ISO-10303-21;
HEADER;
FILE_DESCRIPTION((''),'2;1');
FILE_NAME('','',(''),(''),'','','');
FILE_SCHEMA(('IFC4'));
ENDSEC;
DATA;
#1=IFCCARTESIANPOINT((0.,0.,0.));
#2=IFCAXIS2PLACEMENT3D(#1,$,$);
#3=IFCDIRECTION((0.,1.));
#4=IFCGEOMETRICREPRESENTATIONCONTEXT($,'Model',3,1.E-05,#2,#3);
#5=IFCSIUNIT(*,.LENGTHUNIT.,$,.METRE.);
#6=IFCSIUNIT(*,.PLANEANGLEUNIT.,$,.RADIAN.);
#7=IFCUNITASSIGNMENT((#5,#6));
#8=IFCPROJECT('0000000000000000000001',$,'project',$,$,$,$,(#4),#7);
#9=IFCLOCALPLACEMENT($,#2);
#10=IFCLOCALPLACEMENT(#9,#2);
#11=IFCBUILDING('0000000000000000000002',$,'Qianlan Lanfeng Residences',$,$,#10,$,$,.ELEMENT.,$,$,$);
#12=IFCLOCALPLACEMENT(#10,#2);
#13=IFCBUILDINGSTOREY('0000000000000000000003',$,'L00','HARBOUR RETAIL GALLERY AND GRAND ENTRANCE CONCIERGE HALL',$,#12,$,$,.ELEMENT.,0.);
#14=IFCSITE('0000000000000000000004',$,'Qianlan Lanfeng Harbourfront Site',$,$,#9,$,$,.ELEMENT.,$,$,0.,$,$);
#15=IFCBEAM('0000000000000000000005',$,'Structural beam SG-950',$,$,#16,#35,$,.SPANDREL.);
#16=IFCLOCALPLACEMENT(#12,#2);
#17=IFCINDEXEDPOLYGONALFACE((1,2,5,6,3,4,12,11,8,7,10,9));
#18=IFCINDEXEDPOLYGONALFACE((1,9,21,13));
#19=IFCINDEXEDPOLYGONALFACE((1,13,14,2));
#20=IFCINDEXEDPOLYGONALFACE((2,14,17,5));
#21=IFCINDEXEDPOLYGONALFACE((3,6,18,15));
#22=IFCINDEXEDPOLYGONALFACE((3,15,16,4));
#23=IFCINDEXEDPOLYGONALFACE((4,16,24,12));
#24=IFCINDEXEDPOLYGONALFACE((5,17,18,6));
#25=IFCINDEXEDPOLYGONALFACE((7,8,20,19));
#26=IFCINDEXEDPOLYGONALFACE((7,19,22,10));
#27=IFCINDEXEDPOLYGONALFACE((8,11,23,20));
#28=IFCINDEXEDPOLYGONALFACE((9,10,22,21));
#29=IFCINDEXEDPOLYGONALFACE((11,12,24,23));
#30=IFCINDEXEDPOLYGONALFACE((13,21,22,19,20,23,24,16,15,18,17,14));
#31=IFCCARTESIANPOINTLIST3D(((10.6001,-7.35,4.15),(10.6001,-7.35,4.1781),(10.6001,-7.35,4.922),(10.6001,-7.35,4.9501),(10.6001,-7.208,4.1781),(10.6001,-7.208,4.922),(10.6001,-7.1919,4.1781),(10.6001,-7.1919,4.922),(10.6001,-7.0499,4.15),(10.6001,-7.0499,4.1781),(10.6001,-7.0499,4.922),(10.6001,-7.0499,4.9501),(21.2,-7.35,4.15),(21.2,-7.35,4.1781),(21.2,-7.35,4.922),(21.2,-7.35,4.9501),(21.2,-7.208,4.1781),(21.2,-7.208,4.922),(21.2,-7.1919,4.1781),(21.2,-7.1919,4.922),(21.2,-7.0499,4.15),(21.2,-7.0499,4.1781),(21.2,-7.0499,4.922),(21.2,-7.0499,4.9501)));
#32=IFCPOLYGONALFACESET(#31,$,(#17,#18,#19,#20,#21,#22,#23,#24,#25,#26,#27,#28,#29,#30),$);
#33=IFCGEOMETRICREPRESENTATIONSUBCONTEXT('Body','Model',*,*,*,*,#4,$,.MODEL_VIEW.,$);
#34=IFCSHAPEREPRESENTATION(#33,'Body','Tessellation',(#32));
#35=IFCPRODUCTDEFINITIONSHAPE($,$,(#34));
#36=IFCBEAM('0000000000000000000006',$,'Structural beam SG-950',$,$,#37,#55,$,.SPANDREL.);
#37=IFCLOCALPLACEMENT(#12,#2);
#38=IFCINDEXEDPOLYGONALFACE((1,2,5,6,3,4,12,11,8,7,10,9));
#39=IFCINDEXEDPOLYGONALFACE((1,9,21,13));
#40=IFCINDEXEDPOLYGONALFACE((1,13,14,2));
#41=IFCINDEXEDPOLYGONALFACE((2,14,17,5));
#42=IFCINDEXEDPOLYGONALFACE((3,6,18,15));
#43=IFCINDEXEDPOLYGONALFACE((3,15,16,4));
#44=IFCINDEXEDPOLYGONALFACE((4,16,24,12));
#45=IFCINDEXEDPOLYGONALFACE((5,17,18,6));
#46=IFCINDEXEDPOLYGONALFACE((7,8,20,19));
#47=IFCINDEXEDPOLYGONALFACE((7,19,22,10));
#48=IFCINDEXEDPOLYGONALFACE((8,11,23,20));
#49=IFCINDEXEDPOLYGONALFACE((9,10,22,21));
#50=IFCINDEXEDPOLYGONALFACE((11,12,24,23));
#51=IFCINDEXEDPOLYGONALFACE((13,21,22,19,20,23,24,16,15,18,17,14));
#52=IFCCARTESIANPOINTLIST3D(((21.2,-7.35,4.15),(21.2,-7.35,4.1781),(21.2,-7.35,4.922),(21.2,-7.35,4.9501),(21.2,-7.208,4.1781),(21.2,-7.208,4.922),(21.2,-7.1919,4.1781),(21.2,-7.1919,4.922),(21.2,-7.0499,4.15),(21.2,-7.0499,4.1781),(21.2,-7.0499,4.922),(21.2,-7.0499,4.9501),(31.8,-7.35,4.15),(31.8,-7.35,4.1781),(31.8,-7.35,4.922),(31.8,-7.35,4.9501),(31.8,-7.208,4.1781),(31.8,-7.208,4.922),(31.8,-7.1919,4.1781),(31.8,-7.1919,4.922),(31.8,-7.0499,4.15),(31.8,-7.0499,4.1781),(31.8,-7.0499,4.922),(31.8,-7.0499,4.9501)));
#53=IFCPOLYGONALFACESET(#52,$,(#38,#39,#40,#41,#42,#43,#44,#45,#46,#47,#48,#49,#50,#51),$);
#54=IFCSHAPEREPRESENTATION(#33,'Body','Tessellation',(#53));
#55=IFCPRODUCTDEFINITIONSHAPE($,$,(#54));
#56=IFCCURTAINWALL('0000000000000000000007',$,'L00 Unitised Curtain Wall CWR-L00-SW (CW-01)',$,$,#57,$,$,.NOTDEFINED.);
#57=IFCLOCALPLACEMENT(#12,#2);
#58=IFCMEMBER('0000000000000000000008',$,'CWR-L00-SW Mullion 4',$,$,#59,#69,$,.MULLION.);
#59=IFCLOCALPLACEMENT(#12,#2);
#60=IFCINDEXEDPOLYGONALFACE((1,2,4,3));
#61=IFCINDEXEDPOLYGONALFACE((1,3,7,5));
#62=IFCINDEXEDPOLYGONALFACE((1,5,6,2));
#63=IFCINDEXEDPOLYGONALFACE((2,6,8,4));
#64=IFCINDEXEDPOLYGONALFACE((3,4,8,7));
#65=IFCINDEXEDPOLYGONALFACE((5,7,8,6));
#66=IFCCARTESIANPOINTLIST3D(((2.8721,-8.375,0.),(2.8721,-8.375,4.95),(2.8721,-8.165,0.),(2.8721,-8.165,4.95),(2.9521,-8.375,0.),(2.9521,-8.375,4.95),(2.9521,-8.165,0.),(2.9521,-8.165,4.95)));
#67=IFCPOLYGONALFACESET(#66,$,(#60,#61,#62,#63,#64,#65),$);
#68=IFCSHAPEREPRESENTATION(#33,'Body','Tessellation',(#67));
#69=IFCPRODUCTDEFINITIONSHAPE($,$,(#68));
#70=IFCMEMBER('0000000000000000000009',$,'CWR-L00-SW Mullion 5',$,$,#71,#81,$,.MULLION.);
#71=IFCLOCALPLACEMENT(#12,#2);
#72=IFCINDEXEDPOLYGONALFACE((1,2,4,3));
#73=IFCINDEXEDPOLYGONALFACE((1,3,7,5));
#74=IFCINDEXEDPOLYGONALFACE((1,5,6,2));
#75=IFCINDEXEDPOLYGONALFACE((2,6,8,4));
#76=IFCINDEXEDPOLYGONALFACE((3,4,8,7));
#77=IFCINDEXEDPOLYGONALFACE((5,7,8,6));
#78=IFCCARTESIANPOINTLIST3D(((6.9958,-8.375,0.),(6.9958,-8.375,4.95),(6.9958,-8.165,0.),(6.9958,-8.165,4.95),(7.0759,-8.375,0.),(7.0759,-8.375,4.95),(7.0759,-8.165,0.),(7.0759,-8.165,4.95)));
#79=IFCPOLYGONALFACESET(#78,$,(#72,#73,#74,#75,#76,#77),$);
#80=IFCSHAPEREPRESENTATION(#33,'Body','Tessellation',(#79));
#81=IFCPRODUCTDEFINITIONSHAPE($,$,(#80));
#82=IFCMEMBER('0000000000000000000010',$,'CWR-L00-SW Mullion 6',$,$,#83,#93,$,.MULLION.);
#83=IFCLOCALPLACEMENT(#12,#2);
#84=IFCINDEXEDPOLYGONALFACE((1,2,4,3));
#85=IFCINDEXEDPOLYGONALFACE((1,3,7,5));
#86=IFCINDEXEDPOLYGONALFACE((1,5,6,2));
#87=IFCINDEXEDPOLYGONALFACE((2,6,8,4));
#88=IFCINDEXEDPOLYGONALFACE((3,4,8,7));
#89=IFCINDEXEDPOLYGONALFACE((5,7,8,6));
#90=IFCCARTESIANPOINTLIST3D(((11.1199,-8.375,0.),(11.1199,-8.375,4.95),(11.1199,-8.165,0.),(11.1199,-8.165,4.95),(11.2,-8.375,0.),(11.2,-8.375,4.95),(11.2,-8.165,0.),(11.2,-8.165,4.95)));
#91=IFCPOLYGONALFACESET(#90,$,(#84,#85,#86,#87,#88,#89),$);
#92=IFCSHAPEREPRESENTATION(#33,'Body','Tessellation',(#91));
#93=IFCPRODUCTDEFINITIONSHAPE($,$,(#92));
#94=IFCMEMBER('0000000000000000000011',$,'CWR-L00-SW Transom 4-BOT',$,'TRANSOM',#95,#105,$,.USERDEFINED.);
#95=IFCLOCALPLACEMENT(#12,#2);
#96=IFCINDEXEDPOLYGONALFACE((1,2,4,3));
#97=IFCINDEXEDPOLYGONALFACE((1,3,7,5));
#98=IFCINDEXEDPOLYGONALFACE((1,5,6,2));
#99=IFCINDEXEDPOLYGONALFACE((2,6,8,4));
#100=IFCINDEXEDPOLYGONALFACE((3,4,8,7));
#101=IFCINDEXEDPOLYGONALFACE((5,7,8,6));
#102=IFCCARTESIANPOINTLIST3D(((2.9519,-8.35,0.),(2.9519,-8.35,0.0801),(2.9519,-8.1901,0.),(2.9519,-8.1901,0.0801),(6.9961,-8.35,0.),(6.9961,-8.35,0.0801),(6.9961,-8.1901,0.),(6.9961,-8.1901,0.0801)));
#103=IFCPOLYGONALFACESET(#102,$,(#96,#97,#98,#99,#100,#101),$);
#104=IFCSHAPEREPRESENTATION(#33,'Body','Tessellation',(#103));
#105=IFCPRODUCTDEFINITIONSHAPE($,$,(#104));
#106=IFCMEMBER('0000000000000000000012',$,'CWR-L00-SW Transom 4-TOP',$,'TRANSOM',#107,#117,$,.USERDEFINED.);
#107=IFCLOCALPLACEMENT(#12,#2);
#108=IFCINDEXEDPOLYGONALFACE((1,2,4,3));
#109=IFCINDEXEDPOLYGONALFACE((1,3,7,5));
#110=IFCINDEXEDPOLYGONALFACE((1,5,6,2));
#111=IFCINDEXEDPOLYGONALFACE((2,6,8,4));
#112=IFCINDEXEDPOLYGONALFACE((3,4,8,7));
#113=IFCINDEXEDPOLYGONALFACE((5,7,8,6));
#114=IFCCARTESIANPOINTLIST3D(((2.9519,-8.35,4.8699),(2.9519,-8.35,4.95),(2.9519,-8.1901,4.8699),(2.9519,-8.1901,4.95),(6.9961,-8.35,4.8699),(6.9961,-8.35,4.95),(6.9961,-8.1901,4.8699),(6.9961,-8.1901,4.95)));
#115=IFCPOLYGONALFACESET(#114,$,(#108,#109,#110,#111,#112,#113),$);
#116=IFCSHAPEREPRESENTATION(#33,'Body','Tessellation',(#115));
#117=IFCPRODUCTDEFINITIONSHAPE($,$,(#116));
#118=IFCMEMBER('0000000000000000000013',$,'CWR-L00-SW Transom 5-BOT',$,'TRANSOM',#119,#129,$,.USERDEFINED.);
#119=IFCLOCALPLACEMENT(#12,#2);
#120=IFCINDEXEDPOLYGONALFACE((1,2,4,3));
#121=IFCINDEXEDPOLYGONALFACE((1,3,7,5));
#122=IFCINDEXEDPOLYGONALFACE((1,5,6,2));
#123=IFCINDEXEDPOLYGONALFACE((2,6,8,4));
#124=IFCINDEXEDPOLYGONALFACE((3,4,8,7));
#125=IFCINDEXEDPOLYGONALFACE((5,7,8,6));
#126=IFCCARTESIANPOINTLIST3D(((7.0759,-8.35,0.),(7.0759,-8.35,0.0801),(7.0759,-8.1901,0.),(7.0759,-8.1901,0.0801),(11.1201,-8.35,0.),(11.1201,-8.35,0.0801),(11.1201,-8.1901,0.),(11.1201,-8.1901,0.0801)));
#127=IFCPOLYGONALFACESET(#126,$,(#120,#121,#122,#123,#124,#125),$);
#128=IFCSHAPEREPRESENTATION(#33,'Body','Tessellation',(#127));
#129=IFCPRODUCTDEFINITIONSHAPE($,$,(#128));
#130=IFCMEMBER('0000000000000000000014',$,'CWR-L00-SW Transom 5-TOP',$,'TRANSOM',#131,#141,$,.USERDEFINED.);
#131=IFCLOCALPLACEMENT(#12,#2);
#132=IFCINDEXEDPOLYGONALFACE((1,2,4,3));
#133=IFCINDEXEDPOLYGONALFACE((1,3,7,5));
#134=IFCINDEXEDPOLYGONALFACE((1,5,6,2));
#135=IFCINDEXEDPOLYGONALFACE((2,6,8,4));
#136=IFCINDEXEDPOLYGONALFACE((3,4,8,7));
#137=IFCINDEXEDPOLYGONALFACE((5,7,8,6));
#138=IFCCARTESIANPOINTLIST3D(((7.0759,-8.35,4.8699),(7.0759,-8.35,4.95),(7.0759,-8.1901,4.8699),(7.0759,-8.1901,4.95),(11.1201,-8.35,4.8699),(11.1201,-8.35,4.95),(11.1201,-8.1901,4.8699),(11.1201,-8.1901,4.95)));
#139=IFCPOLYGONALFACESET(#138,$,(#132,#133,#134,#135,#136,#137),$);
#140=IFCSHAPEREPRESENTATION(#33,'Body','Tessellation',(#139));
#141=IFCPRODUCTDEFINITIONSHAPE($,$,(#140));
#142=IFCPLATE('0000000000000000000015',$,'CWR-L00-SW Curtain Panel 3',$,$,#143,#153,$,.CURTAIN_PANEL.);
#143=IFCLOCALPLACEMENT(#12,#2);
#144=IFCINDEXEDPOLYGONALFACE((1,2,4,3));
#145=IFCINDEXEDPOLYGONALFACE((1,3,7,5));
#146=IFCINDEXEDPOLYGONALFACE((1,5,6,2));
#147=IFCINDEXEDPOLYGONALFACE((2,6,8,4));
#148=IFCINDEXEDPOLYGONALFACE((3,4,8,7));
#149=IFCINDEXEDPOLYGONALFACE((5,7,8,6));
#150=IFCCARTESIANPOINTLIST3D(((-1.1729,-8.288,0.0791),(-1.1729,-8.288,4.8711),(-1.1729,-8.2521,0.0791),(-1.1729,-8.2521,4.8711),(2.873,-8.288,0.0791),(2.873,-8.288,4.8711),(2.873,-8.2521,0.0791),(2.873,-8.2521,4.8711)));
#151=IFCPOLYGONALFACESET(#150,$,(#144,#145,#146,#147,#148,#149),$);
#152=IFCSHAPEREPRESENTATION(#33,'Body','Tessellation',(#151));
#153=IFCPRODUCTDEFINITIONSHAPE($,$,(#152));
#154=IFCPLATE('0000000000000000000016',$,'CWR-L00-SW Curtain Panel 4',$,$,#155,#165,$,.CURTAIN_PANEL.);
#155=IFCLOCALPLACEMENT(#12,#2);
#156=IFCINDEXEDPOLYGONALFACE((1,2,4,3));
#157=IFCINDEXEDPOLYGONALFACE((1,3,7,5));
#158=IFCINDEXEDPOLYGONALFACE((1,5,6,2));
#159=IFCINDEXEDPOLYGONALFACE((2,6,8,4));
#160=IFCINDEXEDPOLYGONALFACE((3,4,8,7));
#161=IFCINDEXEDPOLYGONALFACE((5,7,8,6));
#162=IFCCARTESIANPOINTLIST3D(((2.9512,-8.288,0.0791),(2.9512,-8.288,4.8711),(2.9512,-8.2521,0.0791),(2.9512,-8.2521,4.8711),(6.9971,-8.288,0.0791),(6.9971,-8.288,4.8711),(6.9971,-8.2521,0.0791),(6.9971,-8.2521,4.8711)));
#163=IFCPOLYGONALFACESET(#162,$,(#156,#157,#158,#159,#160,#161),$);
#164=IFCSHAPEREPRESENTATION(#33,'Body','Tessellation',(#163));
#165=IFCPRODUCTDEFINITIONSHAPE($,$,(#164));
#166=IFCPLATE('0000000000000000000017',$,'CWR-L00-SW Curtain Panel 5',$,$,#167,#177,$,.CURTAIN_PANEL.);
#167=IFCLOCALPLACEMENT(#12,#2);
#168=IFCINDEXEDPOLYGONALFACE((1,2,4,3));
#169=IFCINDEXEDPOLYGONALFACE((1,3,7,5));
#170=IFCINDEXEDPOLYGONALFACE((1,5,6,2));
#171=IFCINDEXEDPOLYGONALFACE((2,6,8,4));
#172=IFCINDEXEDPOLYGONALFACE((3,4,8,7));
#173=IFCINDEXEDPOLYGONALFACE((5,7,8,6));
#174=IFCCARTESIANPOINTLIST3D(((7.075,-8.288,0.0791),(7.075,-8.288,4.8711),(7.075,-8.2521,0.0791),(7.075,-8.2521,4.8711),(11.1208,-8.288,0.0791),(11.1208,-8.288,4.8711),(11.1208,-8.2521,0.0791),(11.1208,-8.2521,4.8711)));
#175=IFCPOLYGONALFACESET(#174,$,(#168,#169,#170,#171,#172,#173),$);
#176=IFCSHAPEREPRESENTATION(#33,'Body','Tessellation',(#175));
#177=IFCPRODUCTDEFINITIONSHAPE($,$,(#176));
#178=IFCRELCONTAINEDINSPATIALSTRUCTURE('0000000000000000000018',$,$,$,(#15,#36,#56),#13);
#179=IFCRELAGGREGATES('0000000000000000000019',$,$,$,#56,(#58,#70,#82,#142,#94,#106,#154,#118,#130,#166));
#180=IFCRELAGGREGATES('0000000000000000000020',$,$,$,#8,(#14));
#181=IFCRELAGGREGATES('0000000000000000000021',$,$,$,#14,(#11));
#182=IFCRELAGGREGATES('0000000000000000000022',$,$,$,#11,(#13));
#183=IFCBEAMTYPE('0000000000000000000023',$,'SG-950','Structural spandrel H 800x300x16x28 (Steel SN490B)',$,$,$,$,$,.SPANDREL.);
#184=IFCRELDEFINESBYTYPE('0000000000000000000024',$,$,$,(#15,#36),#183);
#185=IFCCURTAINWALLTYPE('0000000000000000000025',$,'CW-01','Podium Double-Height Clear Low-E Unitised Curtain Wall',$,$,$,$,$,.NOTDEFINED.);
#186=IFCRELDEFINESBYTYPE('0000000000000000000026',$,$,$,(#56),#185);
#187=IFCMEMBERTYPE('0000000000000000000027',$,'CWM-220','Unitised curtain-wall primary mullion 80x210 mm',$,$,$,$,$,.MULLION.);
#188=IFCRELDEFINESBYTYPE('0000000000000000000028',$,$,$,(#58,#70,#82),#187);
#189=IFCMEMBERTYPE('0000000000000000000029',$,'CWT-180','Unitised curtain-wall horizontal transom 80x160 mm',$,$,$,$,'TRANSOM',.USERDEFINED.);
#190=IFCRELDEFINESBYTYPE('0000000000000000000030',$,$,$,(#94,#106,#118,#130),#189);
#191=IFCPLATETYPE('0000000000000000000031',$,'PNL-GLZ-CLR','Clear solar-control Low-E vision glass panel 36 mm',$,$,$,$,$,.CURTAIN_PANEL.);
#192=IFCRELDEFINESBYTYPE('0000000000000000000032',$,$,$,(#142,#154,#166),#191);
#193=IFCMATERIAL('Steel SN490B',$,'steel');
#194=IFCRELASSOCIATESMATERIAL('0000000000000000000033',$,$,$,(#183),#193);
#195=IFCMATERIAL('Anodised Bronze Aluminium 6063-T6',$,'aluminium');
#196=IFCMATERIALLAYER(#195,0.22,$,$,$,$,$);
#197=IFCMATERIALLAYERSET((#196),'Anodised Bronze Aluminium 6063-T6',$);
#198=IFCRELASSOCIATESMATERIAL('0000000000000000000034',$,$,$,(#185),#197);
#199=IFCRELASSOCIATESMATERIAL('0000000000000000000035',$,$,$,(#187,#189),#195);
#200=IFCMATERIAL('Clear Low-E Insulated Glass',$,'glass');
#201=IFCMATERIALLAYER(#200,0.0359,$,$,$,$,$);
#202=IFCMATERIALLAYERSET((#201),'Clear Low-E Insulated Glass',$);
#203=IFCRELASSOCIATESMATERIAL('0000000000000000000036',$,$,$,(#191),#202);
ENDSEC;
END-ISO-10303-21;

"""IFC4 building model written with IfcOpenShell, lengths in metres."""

from ifc_helpers import new_model, si_unit, direction, frame, origin, origin_2d, place, context, subcontext, project, spatial, rectangle, i_section, extrude, source, transform, mapped, material, layer, layer_set, material_profile, profile_set, type_object, element, aggregate, save


model = new_model("IFC4")

# Units and contexts
model_context = context("Model", 3, precision=1e-05, world=origin(), true_north=direction((0.0, 1.0)))
body_context = subcontext(model_context, "Body", "Model", "MODEL_VIEW")
ifc_project = project(units=[si_unit("LENGTHUNIT", "METRE"), si_unit("PLANEANGLEUNIT", "RADIAN")], contexts=[model_context])

# Site, building, storey
site_placement = place(None, origin())
site = spatial("IfcSite", under=ifc_project, at=site_placement, Name="Qianlan Lanfeng Harbourfront Site", CompositionType="ELEMENT", RefElevation=0.0)
building_placement = place(site_placement, origin())
building = spatial("IfcBuilding", under=site, at=building_placement, Name="Qianlan Lanfeng Residences", CompositionType="ELEMENT")
storey_placement = place(building_placement, origin())
storey = spatial("IfcBuildingStorey", under=building, at=storey_placement, Name="L00", Description="HARBOUR RETAIL GALLERY AND GRAND ENTRANCE CONCIERGE HALL", CompositionType="ELEMENT", Elevation=0.0)

# Shared definitions
ifc_material_1 = material(Name="Steel SN490B", Category="steel")

# Beams
ifc_material_profile_1 = material_profile(ifc_material_1, i_section(OverallWidth=0.3, OverallDepth=0.8, WebThickness=0.0161, FlangeThickness=0.0281, at=origin_2d()), Name="H 800x300x16x28")
ifc_profile_set_1 = profile_set([ifc_material_profile_1], Name="Steel SN490B")
beam_type_1 = type_object("IfcBeamType", Name="SG-950", Description="Structural spandrel H 800x300x16x28 (Steel SN490B)", PredefinedType="SPANDREL", material=ifc_profile_set_1)
beam_1_placement = place(storey_placement, frame((10.6001, -7.2, 4.55), z_axis=(1.0, 0.0, 0.0), x_axis=(0.0, 1.0, 0.0)))
element("IfcBeam", 1, at=beam_1_placement, inside=storey, type_object=beam_type_1, Name="Structural beam SG-950", PredefinedType="SPANDREL", context=body_context, shape_type="SweptSolid", body=[
    extrude(i_section(OverallWidth=0.3, OverallDepth=0.8, WebThickness=0.0161, FlangeThickness=0.0281, at=origin_2d()), origin(), (0.0, 0.0, 1.0), 10.5999),
])
beam_2_placement = place(storey_placement, frame((21.2, -7.2, 4.55), z_axis=(1.0, 0.0, 0.0), x_axis=(0.0, 1.0, 0.0)))
element("IfcBeam", 2, at=beam_2_placement, inside=storey, type_object=beam_type_1, Name="Structural beam SG-950", PredefinedType="SPANDREL", context=body_context, shape_type="SweptSolid", body=[
    extrude(i_section(OverallWidth=0.3, OverallDepth=0.8, WebThickness=0.0161, FlangeThickness=0.0281, at=origin_2d()), origin(), (0.0, 0.0, 1.0), 10.6001),
])

# Curtain wall, members, plates
ifc_material_2 = material(Name="Anodised Bronze Aluminium 6063-T6", Category="aluminium")
ifc_layer_1 = layer(ifc_material_2, 0.22)
ifc_layer_set_1 = layer_set([ifc_layer_1], Name="Anodised Bronze Aluminium 6063-T6")
curtain_wall_type = type_object("IfcCurtainWallType", Name="CW-01", Description="Podium Double-Height Clear Low-E Unitised Curtain Wall", PredefinedType="NOTDEFINED", material=ifc_layer_set_1)
curtain_wall_placement = place(storey_placement, origin())
curtain_wall = element("IfcCurtainWall", 3, at=curtain_wall_placement, inside=storey, type_object=curtain_wall_type, Name="L00 Unitised Curtain Wall CWR-L00-SW (CW-01)", PredefinedType="NOTDEFINED")
ifc_material_profile_2 = material_profile(ifc_material_2, rectangle(XDim=0.0801, YDim=0.21, at=origin_2d()), Name="ALU MULLION 80x210")
ifc_profile_set_2 = profile_set([ifc_material_profile_2], Name="Anodised Bronze Aluminium 6063-T6")
member_type_1 = type_object("IfcMemberType", Name="CWM-220", Description="Unitised curtain-wall primary mullion 80x210 mm", PredefinedType="MULLION", material=ifc_profile_set_2)
shared_shape_1 = source(origin(), body_context, "Body", "SweptSolid", [
    extrude(rectangle(XDim=0.0801, YDim=0.21, at=origin_2d()), origin(), (0.0, 0.0, 1.0), 4.95),
])
member_1_placement = place(storey_placement, frame((2.9121, -8.27, 0.0), z_axis=(0.0, 0.0, 1.0), x_axis=(1.0, 0.0, 0.0)))
member_1 = element("IfcMember", 4, at=member_1_placement, type_object=member_type_1, Name="CWR-L00-SW Mullion 4", PredefinedType="MULLION", context=body_context, shape_type="MappedRepresentation", body=[
    mapped(shared_shape_1, transform((0.0, 0.0, 0.0), scale=1.0)),
])
member_2_placement = place(storey_placement, frame((7.0359, -8.27, 0.0), z_axis=(0.0, 0.0, 1.0), x_axis=(1.0, 0.0, 0.0)))
member_2 = element("IfcMember", 5, at=member_2_placement, type_object=member_type_1, Name="CWR-L00-SW Mullion 5", PredefinedType="MULLION", context=body_context, shape_type="MappedRepresentation", body=[
    mapped(shared_shape_1, transform((0.0, 0.0, 0.0), scale=1.0)),
])
member_3_placement = place(storey_placement, frame((11.1599, -8.27, 0.0), z_axis=(0.0, 0.0, 1.0), x_axis=(1.0, 0.0, 0.0)))
member_3 = element("IfcMember", 6, at=member_3_placement, type_object=member_type_1, Name="CWR-L00-SW Mullion 6", PredefinedType="MULLION", context=body_context, shape_type="MappedRepresentation", body=[
    mapped(shared_shape_1, transform((0.0, 0.0, 0.0), scale=1.0)),
])
ifc_material_profile_3 = material_profile(ifc_material_2, rectangle(XDim=0.0801, YDim=0.1599, at=origin_2d()), Name="ALU TRANSOM 80x160")
ifc_profile_set_3 = profile_set([ifc_material_profile_3], Name="Anodised Bronze Aluminium 6063-T6")
member_type_2 = type_object("IfcMemberType", Name="CWT-180", Description="Unitised curtain-wall horizontal transom 80x160 mm", ElementType="TRANSOM", PredefinedType="USERDEFINED", material=ifc_profile_set_3)
shared_shape_2 = source(origin(), body_context, "Body", "SweptSolid", [
    extrude(rectangle(XDim=0.0801, YDim=0.1599, at=origin_2d()), origin(), (0.0, 0.0, 1.0), 4.0442),
])
member_4_placement = place(storey_placement, frame((2.9519, -8.27, 0.04), z_axis=(1.0, 0.0, 0.0), x_axis=(0.0, 0.0, 1.0)))
member_4 = element("IfcMember", 7, at=member_4_placement, type_object=member_type_2, Name="CWR-L00-SW Transom 4-BOT", ObjectType="TRANSOM", PredefinedType="USERDEFINED", context=body_context, shape_type="MappedRepresentation", body=[
    mapped(shared_shape_2, transform((0.0, 0.0, 0.0), scale=1.0)),
])
member_5_placement = place(storey_placement, frame((2.9519, -8.27, 4.9099), z_axis=(1.0, 0.0, 0.0), x_axis=(0.0, 0.0, 1.0)))
member_5 = element("IfcMember", 8, at=member_5_placement, type_object=member_type_2, Name="CWR-L00-SW Transom 4-TOP", ObjectType="TRANSOM", PredefinedType="USERDEFINED", context=body_context, shape_type="MappedRepresentation", body=[
    mapped(shared_shape_2, transform((0.0, 0.0, 0.0), scale=1.0)),
])
member_6_placement = place(storey_placement, frame((7.0759, -8.27, 0.04), z_axis=(1.0, 0.0, 0.0), x_axis=(0.0, 0.0, 1.0)))
member_6 = element("IfcMember", 9, at=member_6_placement, type_object=member_type_2, Name="CWR-L00-SW Transom 5-BOT", ObjectType="TRANSOM", PredefinedType="USERDEFINED", context=body_context, shape_type="MappedRepresentation", body=[
    mapped(shared_shape_2, transform((0.0, 0.0, 0.0), scale=1.0)),
])
member_7_placement = place(storey_placement, frame((7.0759, -8.27, 4.9099), z_axis=(1.0, 0.0, 0.0), x_axis=(0.0, 0.0, 1.0)))
member_7 = element("IfcMember", 10, at=member_7_placement, type_object=member_type_2, Name="CWR-L00-SW Transom 5-TOP", ObjectType="TRANSOM", PredefinedType="USERDEFINED", context=body_context, shape_type="MappedRepresentation", body=[
    mapped(shared_shape_2, transform((0.0, 0.0, 0.0), scale=1.0)),
])
ifc_material_3 = material(Name="Clear Low-E Insulated Glass", Category="glass")
ifc_layer_2 = layer(ifc_material_3, 0.0359)
ifc_layer_set_2 = layer_set([ifc_layer_2], Name="Clear Low-E Insulated Glass")
plate_type = type_object("IfcPlateType", Name="PNL-GLZ-CLR", Description="Clear solar-control Low-E vision glass panel 36 mm", PredefinedType="CURTAIN_PANEL", material=ifc_layer_set_2)
shared_shape_3 = source(origin(), body_context, "Body", "SweptSolid", [
    extrude(rectangle(XDim=4.0459, YDim=0.0359, at=origin_2d()), origin(), (0.0, 0.0, 1.0), 4.792),
])
plate_1_placement = place(storey_placement, frame((0.8501, -8.27, 0.0791), z_axis=(0.0, 0.0, 1.0), x_axis=(1.0, 0.0, 0.0)))
plate_1 = element("IfcPlate", 11, at=plate_1_placement, type_object=plate_type, Name="CWR-L00-SW Curtain Panel 3", PredefinedType="CURTAIN_PANEL", context=body_context, shape_type="MappedRepresentation", body=[
    mapped(shared_shape_3, transform((0.0, 0.0, 0.0), scale=1.0)),
])
plate_2_placement = place(storey_placement, frame((4.9741, -8.27, 0.0791), z_axis=(0.0, 0.0, 1.0), x_axis=(1.0, 0.0, 0.0)))
plate_2 = element("IfcPlate", 12, at=plate_2_placement, type_object=plate_type, Name="CWR-L00-SW Curtain Panel 4", PredefinedType="CURTAIN_PANEL", context=body_context, shape_type="MappedRepresentation", body=[
    mapped(shared_shape_3, transform((0.0, 0.0, 0.0), scale=1.0)),
])
plate_3_placement = place(storey_placement, frame((9.0979, -8.27, 0.0791), z_axis=(0.0, 0.0, 1.0), x_axis=(1.0, 0.0, 0.0)))
plate_3 = element("IfcPlate", 13, at=plate_3_placement, type_object=plate_type, Name="CWR-L00-SW Curtain Panel 5", PredefinedType="CURTAIN_PANEL", context=body_context, shape_type="MappedRepresentation", body=[
    mapped(shared_shape_3, transform((0.0, 0.0, 0.0), scale=1.0)),
])
aggregate(curtain_wall, [member_1, member_2, member_3, plate_1, member_4, member_5, plate_2, member_6, member_7, plate_3])

save(model, "model.ifc")
